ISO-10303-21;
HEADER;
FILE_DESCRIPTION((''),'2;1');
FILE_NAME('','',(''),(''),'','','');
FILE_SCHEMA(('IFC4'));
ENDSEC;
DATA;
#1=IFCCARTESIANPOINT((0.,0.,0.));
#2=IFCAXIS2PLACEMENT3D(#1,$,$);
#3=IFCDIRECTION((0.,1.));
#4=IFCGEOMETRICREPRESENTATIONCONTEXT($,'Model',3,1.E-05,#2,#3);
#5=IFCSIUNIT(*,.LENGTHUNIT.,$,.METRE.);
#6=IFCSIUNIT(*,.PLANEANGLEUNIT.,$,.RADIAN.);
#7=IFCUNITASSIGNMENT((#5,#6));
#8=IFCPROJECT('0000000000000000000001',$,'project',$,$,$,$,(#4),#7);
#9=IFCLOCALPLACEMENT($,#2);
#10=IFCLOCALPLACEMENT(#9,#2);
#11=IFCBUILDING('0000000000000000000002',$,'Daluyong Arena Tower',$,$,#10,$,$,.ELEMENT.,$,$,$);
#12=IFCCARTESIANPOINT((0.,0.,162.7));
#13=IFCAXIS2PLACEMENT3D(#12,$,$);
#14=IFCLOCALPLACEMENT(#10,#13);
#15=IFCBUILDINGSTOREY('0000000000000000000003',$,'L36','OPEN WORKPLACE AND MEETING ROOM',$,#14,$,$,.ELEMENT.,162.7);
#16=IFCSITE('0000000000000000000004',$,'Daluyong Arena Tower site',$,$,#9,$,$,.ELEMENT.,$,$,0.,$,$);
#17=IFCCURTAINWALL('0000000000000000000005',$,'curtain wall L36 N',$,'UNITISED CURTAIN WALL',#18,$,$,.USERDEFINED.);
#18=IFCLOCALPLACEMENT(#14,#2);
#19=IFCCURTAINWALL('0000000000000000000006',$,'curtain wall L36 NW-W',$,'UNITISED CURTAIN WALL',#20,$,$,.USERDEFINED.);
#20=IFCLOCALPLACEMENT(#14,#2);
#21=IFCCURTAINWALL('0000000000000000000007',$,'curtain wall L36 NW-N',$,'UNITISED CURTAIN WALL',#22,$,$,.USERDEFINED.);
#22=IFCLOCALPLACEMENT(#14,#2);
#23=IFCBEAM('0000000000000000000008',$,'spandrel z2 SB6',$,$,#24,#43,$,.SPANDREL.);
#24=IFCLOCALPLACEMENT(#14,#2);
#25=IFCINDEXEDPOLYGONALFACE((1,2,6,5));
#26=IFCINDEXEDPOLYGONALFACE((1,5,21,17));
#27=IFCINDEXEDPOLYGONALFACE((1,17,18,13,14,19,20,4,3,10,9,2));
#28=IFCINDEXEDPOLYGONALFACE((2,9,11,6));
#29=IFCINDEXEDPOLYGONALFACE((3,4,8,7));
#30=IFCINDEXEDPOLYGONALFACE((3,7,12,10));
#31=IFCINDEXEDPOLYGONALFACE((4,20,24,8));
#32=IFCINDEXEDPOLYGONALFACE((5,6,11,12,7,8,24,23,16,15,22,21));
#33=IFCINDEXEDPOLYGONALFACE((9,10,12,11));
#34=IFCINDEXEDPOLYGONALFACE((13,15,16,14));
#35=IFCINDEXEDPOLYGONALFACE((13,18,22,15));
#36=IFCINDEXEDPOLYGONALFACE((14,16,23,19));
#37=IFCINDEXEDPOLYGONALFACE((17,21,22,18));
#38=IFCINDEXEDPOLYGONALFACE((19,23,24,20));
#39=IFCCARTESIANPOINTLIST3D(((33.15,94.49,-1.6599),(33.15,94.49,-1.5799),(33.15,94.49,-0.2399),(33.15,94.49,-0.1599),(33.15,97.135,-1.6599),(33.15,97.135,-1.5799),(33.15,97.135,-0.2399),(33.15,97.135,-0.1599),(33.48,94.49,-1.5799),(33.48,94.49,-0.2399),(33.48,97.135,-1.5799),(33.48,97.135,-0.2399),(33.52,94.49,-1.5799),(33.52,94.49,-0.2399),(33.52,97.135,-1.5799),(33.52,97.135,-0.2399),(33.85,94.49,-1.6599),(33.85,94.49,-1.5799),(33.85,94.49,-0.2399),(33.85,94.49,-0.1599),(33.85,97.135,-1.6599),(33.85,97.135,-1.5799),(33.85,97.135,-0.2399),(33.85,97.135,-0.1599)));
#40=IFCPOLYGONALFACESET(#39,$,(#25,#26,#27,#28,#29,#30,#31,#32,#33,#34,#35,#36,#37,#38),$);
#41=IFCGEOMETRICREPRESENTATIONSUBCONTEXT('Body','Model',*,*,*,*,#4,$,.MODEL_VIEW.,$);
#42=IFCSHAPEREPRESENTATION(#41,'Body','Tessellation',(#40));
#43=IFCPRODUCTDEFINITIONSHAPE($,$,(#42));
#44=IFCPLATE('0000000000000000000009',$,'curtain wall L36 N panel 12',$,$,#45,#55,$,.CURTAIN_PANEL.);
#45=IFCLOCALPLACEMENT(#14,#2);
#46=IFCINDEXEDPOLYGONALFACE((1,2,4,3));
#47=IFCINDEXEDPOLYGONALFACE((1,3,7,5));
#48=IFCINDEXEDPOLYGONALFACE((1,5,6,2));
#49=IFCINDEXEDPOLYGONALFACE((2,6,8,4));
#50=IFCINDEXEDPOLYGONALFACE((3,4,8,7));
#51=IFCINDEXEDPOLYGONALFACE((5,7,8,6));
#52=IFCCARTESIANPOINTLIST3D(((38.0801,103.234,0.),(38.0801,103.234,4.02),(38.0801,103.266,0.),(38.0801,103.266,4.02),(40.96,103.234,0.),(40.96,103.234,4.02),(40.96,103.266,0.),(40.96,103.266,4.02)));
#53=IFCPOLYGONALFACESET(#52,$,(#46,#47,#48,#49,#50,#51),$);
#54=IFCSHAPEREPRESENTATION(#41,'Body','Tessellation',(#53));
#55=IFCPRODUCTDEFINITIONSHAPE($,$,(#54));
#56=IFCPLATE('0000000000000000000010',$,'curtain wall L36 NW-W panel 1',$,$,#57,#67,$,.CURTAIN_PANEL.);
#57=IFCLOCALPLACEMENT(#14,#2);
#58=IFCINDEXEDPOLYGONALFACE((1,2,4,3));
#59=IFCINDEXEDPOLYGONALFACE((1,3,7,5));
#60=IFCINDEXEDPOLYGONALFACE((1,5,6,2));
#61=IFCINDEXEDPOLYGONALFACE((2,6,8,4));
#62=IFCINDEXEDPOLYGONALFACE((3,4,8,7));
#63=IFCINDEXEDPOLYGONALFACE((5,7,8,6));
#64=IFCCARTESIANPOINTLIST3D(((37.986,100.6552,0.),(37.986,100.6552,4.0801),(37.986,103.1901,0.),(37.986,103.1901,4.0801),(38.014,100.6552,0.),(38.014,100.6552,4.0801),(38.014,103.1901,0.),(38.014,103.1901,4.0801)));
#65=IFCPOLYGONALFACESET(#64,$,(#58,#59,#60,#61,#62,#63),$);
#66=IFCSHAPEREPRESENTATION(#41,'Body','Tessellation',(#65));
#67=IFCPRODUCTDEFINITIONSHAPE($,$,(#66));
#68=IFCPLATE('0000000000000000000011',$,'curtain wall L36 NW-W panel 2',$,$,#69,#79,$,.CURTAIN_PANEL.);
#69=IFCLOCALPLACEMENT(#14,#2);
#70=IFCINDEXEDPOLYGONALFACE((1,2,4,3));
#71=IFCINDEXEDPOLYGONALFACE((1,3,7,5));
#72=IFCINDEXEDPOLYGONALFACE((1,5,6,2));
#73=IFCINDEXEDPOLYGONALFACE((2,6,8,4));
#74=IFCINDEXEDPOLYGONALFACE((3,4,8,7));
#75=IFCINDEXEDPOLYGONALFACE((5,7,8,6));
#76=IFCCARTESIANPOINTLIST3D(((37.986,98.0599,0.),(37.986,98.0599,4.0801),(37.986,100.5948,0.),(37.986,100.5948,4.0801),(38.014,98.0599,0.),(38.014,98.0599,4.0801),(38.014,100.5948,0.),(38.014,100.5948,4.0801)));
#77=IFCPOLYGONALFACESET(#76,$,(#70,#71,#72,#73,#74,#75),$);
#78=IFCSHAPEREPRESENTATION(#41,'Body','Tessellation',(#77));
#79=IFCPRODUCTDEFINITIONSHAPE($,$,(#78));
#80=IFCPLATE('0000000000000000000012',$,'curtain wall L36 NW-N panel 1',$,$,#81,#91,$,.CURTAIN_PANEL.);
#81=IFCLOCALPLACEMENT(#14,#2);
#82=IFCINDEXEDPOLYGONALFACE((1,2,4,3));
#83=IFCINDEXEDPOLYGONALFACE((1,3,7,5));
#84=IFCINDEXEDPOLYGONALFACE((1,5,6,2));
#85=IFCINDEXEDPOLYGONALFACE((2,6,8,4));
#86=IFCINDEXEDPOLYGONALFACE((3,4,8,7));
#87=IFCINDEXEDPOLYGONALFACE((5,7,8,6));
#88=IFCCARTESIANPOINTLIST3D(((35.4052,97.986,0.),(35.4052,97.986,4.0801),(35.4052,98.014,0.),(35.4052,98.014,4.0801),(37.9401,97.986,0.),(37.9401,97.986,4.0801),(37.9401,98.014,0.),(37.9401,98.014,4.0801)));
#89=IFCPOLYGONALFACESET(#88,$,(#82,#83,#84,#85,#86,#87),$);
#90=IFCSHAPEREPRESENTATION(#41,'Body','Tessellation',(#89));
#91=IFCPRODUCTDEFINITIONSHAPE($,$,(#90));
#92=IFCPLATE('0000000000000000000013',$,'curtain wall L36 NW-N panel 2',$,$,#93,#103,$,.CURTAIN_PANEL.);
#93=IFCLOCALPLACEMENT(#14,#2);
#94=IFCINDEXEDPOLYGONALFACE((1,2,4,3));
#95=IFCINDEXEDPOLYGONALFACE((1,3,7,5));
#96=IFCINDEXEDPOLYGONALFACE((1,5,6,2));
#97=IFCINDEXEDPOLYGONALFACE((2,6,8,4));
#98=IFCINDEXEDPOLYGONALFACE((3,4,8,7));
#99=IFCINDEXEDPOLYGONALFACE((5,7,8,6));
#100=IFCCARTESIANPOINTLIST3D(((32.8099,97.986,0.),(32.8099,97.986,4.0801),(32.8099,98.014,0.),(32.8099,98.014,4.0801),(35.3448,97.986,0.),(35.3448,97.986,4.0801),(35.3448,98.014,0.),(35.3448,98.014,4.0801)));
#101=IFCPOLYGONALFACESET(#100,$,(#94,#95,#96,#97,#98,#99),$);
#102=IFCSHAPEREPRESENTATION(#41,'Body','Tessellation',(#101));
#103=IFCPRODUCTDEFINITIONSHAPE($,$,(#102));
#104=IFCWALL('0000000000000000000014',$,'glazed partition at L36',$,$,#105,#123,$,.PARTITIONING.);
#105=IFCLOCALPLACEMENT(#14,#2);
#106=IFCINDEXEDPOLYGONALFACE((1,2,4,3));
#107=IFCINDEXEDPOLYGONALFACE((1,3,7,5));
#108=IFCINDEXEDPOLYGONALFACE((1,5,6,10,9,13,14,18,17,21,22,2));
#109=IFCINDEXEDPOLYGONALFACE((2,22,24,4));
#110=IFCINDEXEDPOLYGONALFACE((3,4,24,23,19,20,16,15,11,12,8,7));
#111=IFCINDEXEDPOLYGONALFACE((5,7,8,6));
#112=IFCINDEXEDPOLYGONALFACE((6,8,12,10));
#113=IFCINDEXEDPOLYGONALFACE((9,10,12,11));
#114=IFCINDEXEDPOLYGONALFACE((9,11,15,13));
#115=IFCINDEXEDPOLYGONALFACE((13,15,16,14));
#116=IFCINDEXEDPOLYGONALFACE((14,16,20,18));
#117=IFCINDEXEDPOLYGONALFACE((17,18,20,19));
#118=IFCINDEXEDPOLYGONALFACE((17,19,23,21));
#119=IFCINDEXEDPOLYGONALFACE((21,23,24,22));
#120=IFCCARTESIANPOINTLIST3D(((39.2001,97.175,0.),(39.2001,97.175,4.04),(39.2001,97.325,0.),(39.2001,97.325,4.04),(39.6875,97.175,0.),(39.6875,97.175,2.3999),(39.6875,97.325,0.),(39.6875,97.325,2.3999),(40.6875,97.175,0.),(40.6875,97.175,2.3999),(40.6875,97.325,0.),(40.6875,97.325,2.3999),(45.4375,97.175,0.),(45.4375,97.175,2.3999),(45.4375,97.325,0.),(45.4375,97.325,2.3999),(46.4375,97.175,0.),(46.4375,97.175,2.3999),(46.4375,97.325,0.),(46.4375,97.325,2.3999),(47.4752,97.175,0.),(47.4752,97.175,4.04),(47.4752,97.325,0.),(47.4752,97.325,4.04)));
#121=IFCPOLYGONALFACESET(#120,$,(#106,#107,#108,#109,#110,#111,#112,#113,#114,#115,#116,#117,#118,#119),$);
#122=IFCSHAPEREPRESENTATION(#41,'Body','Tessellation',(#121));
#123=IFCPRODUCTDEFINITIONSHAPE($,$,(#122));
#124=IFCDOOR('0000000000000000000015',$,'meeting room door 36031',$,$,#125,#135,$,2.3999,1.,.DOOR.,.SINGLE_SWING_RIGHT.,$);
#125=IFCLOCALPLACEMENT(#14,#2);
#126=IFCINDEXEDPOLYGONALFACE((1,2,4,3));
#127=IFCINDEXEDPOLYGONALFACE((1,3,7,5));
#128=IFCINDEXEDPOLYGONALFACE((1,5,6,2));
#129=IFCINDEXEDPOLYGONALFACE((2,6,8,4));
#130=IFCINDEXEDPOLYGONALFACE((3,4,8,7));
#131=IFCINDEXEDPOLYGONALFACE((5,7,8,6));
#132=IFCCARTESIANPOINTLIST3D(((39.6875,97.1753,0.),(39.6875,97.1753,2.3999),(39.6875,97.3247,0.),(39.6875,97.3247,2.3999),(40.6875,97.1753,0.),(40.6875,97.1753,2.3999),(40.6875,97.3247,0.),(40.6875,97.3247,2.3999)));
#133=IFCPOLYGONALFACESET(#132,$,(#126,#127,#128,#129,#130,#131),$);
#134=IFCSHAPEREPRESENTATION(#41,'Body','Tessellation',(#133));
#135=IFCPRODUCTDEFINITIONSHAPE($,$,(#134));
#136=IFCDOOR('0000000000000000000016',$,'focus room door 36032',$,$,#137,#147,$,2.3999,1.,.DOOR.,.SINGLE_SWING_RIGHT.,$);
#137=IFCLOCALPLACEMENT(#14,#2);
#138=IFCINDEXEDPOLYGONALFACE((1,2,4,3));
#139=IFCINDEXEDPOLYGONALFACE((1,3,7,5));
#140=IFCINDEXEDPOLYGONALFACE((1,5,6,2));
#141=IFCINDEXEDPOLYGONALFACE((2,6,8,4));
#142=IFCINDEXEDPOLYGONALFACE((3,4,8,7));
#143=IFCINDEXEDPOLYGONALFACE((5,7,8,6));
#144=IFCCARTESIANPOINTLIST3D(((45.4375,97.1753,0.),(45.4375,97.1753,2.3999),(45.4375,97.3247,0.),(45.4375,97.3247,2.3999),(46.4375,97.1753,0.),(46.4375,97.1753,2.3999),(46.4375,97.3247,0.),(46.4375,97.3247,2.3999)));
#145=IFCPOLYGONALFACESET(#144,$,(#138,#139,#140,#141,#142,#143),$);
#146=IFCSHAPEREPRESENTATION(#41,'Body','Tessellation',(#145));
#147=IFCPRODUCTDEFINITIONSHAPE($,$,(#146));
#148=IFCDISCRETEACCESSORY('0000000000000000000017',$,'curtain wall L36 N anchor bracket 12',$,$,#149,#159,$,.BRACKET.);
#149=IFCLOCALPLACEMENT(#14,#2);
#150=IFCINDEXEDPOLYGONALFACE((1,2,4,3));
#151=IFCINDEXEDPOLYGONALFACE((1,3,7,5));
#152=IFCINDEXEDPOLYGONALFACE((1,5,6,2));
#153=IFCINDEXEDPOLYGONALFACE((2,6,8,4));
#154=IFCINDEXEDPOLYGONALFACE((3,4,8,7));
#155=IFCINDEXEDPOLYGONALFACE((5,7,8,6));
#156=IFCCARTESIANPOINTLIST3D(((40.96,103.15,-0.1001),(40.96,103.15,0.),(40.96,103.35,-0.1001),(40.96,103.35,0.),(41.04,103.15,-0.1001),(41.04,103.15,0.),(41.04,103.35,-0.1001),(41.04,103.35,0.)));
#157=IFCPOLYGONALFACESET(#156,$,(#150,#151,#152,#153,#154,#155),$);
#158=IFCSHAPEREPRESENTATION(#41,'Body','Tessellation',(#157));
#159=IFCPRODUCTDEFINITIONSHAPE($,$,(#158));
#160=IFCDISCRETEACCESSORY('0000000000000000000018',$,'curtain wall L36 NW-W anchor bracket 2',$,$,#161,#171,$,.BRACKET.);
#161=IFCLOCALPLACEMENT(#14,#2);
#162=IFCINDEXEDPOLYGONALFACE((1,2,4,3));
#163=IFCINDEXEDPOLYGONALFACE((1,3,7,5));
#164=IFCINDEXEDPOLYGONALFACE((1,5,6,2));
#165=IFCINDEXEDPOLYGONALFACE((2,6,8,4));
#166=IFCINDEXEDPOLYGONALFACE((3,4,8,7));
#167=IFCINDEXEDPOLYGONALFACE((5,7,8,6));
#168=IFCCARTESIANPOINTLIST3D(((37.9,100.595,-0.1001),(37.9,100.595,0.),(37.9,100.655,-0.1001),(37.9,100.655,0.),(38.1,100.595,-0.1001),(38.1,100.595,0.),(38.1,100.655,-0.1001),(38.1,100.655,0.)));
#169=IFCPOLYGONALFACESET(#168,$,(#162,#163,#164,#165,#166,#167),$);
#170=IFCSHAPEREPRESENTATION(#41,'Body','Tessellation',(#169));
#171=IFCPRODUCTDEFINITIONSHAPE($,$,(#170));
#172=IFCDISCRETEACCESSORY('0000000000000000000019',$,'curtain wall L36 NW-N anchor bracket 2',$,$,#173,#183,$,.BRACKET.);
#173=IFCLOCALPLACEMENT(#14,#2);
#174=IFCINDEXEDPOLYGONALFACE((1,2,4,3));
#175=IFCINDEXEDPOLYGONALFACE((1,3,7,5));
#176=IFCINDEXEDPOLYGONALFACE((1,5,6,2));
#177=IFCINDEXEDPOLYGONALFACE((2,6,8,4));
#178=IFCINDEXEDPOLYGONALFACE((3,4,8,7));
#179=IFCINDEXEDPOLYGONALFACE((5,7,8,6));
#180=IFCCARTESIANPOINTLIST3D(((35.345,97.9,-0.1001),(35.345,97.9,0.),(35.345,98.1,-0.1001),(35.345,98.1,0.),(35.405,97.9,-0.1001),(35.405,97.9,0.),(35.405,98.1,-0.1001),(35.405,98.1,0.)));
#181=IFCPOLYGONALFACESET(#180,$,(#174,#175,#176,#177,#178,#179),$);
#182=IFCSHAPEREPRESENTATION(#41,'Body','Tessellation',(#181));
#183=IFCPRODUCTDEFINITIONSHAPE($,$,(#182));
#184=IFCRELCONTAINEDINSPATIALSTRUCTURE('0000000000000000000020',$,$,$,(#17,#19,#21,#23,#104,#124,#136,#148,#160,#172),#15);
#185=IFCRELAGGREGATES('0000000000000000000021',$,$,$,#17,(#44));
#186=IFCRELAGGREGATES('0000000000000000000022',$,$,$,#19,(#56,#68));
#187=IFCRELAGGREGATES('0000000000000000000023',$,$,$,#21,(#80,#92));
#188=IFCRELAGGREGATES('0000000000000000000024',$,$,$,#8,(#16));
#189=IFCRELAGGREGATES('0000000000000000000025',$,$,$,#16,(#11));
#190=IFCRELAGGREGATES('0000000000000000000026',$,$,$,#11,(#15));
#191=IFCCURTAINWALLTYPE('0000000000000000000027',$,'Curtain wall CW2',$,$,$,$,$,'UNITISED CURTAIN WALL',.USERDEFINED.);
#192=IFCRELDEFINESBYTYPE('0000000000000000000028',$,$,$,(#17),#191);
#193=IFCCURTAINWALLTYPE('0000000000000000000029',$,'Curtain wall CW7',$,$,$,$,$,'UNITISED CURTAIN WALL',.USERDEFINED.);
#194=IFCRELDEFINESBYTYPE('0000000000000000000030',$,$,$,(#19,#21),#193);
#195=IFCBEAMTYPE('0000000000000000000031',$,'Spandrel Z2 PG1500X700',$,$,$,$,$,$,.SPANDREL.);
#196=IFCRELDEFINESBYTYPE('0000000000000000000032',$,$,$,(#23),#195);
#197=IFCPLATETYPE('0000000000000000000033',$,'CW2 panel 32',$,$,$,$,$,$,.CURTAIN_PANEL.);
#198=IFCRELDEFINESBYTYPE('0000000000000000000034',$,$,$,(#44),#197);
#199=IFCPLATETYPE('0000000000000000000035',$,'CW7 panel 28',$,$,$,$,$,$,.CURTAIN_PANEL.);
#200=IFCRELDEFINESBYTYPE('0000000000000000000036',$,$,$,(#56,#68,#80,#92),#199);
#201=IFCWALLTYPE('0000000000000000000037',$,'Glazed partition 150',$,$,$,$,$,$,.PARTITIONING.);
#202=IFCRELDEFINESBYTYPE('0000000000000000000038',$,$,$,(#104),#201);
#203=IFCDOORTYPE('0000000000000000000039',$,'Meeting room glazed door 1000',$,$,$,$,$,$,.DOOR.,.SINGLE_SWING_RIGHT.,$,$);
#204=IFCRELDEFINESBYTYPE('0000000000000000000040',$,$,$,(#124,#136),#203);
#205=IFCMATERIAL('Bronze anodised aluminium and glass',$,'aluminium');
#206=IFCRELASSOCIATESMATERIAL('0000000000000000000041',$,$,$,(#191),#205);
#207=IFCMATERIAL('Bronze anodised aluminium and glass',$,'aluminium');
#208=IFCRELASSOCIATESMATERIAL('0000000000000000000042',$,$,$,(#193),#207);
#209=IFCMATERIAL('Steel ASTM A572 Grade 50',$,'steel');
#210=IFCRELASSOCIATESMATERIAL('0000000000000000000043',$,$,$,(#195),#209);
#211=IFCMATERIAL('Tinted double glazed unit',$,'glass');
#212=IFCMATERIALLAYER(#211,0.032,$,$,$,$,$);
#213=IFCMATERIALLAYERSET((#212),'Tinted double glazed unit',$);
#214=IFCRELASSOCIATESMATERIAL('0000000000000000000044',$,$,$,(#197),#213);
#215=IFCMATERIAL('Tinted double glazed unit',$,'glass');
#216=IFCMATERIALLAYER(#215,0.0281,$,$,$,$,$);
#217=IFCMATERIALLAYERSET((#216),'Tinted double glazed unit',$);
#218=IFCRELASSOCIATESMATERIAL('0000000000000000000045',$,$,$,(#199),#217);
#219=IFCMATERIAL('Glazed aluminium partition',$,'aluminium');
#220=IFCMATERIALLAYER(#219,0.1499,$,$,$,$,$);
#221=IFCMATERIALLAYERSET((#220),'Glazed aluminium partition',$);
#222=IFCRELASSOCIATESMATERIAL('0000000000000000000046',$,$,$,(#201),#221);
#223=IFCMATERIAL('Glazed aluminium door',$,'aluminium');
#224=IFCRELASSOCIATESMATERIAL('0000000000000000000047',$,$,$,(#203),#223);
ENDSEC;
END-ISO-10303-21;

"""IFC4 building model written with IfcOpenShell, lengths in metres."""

from ifc_helpers import new_model, si_unit, direction, frame, frame_2d, origin, origin_2d, place, context, subcontext, project, spatial, rectangle, i_section, extrude, material, layer, layer_set, material_profile, profile_set, type_object, element, fill, aggregate, save


model = new_model("IFC4")

# Units and contexts
model_context = context("Model", 3, precision=1e-05, world=origin(), true_north=direction((0.0, 1.0)))
body_context = subcontext(model_context, "Body", "Model", "MODEL_VIEW")
ifc_project = project(units=[si_unit("LENGTHUNIT", "METRE"), si_unit("PLANEANGLEUNIT", "RADIAN")], contexts=[model_context])

# Site, building, storey
site_placement = place(None, origin())
site = spatial("IfcSite", under=ifc_project, at=site_placement, Name="Daluyong Arena Tower site", CompositionType="ELEMENT", RefElevation=0.0)
building_placement = place(site_placement, origin())
building = spatial("IfcBuilding", under=site, at=building_placement, Name="Daluyong Arena Tower", CompositionType="ELEMENT")
storey_placement = place(building_placement, frame((0.0, 0.0, 162.7)))
storey = spatial("IfcBuildingStorey", under=building, at=storey_placement, Name="L36", Description="OPEN WORKPLACE AND MEETING ROOM", CompositionType="ELEMENT", Elevation=162.7)

# Curtain wall
ifc_material_1 = material(Name="Bronze anodised aluminium and glass", Category="aluminium")
curtain_wall_type_1 = type_object("IfcCurtainWallType", Name="Curtain wall CW2", ElementType="UNITISED CURTAIN WALL", PredefinedType="USERDEFINED", material=ifc_material_1)
curtain_wall_1_placement = place(storey_placement, origin())
curtain_wall_1 = element("IfcCurtainWall", 1, at=curtain_wall_1_placement, inside=storey, type_object=curtain_wall_type_1, Name="curtain wall L36 N", ObjectType="UNITISED CURTAIN WALL", PredefinedType="USERDEFINED")

# Curtain walls
ifc_material_2 = material(Name="Bronze anodised aluminium and glass", Category="aluminium")
curtain_wall_type_2 = type_object("IfcCurtainWallType", Name="Curtain wall CW7", ElementType="UNITISED CURTAIN WALL", PredefinedType="USERDEFINED", material=ifc_material_2)
curtain_wall_2_placement = place(storey_placement, origin())
curtain_wall_2 = element("IfcCurtainWall", 2, at=curtain_wall_2_placement, inside=storey, type_object=curtain_wall_type_2, Name="curtain wall L36 NW-W", ObjectType="UNITISED CURTAIN WALL", PredefinedType="USERDEFINED")
curtain_wall_3_placement = place(storey_placement, origin())
curtain_wall_3 = element("IfcCurtainWall", 3, at=curtain_wall_3_placement, inside=storey, type_object=curtain_wall_type_2, Name="curtain wall L36 NW-N", ObjectType="UNITISED CURTAIN WALL", PredefinedType="USERDEFINED")

# Beam
ifc_material_3 = material(Name="Steel ASTM A572 Grade 50", Category="steel")
ifc_material_profile_1 = material_profile(ifc_material_3, i_section(OverallWidth=0.7, OverallDepth=1.5, WebThickness=0.04, FlangeThickness=0.08, at=origin_2d()))
ifc_profile_set_1 = profile_set([ifc_material_profile_1], Name="Steel ASTM A572 Grade 50")
beam_type_1 = type_object("IfcBeamType", Name="Spandrel Z2 PG1500X700", PredefinedType="SPANDREL", material=ifc_profile_set_1)
beam_1_placement = place(storey_placement, frame((33.5, 97.135, -0.9099), z_axis=(0.0, -1.0, 0.0), x_axis=(1.0, 0.0, 0.0)))
element("IfcBeam", 4, at=beam_1_placement, inside=storey, type_object=beam_type_1, Name="spandrel z2 SB6", PredefinedType="SPANDREL", context=body_context, shape_type="SweptSolid", body=[
    extrude(i_section(OverallWidth=0.7, OverallDepth=1.5, WebThickness=0.04, FlangeThickness=0.08, at=origin_2d()), origin(), (0.0, 0.0, 1.0), 2.645),
])

# Plates
ifc_material_4 = material(Name="Tinted double glazed unit", Category="glass")
ifc_layer_1 = layer(ifc_material_4, 0.032)
ifc_layer_set_1 = layer_set([ifc_layer_1], Name="Tinted double glazed unit")
plate_type_1 = type_object("IfcPlateType", Name="CW2 panel 32", PredefinedType="CURTAIN_PANEL", material=ifc_layer_set_1)
plate_1_placement = place(storey_placement, frame((39.52, 103.25, 0.0), z_axis=(0.0, 0.0, 1.0), x_axis=(-1.0, 0.0, 0.0)))
plate_1 = element("IfcPlate", 5, at=plate_1_placement, type_object=plate_type_1, Name="curtain wall L36 N panel 12", PredefinedType="CURTAIN_PANEL", context=body_context, shape_type="SweptSolid", body=[
    extrude(rectangle(XDim=2.8799, YDim=0.032, at=origin_2d()), origin(), (0.0, 0.0, 1.0), 4.02),
])
aggregate(curtain_wall_1, [plate_1])
ifc_material_5 = material(Name="Tinted double glazed unit", Category="glass")
ifc_layer_2 = layer(ifc_material_5, 0.0281)
ifc_layer_set_2 = layer_set([ifc_layer_2], Name="Tinted double glazed unit")
plate_type_2 = type_object("IfcPlateType", Name="CW7 panel 28", PredefinedType="CURTAIN_PANEL", material=ifc_layer_set_2)
plate_2_placement = place(storey_placement, frame((38.0, 101.9226, 0.0), z_axis=(0.0, 0.0, 1.0), x_axis=(0.0, -1.0, 0.0)))
plate_2 = element("IfcPlate", 6, at=plate_2_placement, type_object=plate_type_2, Name="curtain wall L36 NW-W panel 1", PredefinedType="CURTAIN_PANEL", context=body_context, shape_type="SweptSolid", body=[
    extrude(rectangle(XDim=2.5349, YDim=0.0281, at=origin_2d()), origin(), (0.0, 0.0, 1.0), 4.0801),
])
plate_3_placement = place(storey_placement, frame((38.0, 99.3274, 0.0), z_axis=(0.0, 0.0, 1.0), x_axis=(0.0, -1.0, 0.0)))
plate_3 = element("IfcPlate", 7, at=plate_3_placement, type_object=plate_type_2, Name="curtain wall L36 NW-W panel 2", PredefinedType="CURTAIN_PANEL", context=body_context, shape_type="SweptSolid", body=[
    extrude(rectangle(XDim=2.5349, YDim=0.0281, at=origin_2d()), origin(), (0.0, 0.0, 1.0), 4.0801),
])
aggregate(curtain_wall_2, [plate_2, plate_3])
plate_4_placement = place(storey_placement, frame((36.6726, 98.0, 0.0), z_axis=(0.0, 0.0, 1.0), x_axis=(-1.0, 0.0, 0.0)))
plate_4 = element("IfcPlate", 8, at=plate_4_placement, type_object=plate_type_2, Name="curtain wall L36 NW-N panel 1", PredefinedType="CURTAIN_PANEL", context=body_context, shape_type="SweptSolid", body=[
    extrude(rectangle(XDim=2.5349, YDim=0.0281, at=origin_2d()), origin(), (0.0, 0.0, 1.0), 4.0801),
])
plate_5_placement = place(storey_placement, frame((34.0774, 98.0, 0.0), z_axis=(0.0, 0.0, 1.0), x_axis=(-1.0, 0.0, 0.0)))
plate_5 = element("IfcPlate", 9, at=plate_5_placement, type_object=plate_type_2, Name="curtain wall L36 NW-N panel 2", PredefinedType="CURTAIN_PANEL", context=body_context, shape_type="SweptSolid", body=[
    extrude(rectangle(XDim=2.5349, YDim=0.0281, at=origin_2d()), origin(), (0.0, 0.0, 1.0), 4.0801),
])
aggregate(curtain_wall_3, [plate_4, plate_5])

# Wall, openings, doors
ifc_material_6 = material(Name="Glazed aluminium partition", Category="aluminium")
ifc_layer_3 = layer(ifc_material_6, 0.1499)
ifc_layer_set_3 = layer_set([ifc_layer_3], Name="Glazed aluminium partition")
wall_type = type_object("IfcWallType", Name="Glazed partition 150", PredefinedType="PARTITIONING", material=ifc_layer_set_3)
wall_placement = place(storey_placement, frame((39.2, 97.25, 0.0), z_axis=(0.0, 0.0, 1.0), x_axis=(1.0, 0.0, 0.0)))
wall = element("IfcWall", 10, at=wall_placement, inside=storey, type_object=wall_type, Name="glazed partition at L36", PredefinedType="PARTITIONING", context=body_context, shape_type="SweptSolid", body=[
    extrude(rectangle(XDim=8.2751, YDim=0.1499, at=frame_2d((4.1377, 0.0))), origin(), (0.0, 0.0, 1.0), 4.04),
])
opening_1_placement = place(wall_placement, frame((0.4875, 0.0, 0.0)))
opening_1 = element("IfcOpeningElement", 11, at=opening_1_placement, cuts=wall, PredefinedType="OPENING", context=body_context, shape_type="SweptSolid", body=[
    extrude(rectangle(XDim=1.0, YDim=2.3999, at=frame_2d((0.5, 1.2))), frame((0.0, 0.085, 0.0), z_axis=(0.0, -1.0, 0.0), x_axis=(1.0, 0.0, 0.0)), (0.0, 0.0, 1.0), 0.1699),
])
opening_2_placement = place(wall_placement, frame((6.2375, 0.0, 0.0)))
opening_2 = element("IfcOpeningElement", 12, at=opening_2_placement, cuts=wall, PredefinedType="OPENING", context=body_context, shape_type="SweptSolid", body=[
    extrude(rectangle(XDim=1.0, YDim=2.3999, at=frame_2d((0.5, 1.2))), frame((0.0, 0.085, 0.0), z_axis=(0.0, -1.0, 0.0), x_axis=(1.0, 0.0, 0.0)), (0.0, 0.0, 1.0), 0.1699),
])
ifc_material_7 = material(Name="Glazed aluminium door", Category="aluminium")
door_type = type_object("IfcDoorType", Name="Meeting room glazed door 1000", OperationType="SINGLE_SWING_RIGHT", PredefinedType="DOOR", material=ifc_material_7)
door_1_placement = place(opening_1_placement, origin())
door_1 = element("IfcDoor", 13, at=door_1_placement, inside=storey, type_object=door_type, Name="meeting room door 36031", OperationType="SINGLE_SWING_RIGHT", OverallHeight=2.3999, OverallWidth=1.0, PredefinedType="DOOR", context=body_context, shape_type="SweptSolid", body=[
    extrude(rectangle(XDim=1.0, YDim=2.3999, at=frame_2d((0.5, 1.2))), frame((0.0, 0.0747, 0.0), z_axis=(0.0, -1.0, 0.0), x_axis=(1.0, 0.0, 0.0)), (0.0, 0.0, 1.0), 0.1494),
])
fill(opening_1, door_1)
door_2_placement = place(opening_2_placement, origin())
door_2 = element("IfcDoor", 14, at=door_2_placement, inside=storey, type_object=door_type, Name="focus room door 36032", OperationType="SINGLE_SWING_RIGHT", OverallHeight=2.3999, OverallWidth=1.0, PredefinedType="DOOR", context=body_context, shape_type="SweptSolid", body=[
    extrude(rectangle(XDim=1.0, YDim=2.3999, at=frame_2d((0.5, 1.2))), frame((0.0, 0.0747, 0.0), z_axis=(0.0, -1.0, 0.0), x_axis=(1.0, 0.0, 0.0)), (0.0, 0.0, 1.0), 0.1494),
])
fill(opening_2, door_2)

# Discrete accessories
discrete_accessory_placement = place(storey_placement, frame((41.0, 103.25, -0.1001), z_axis=(0.0, 0.0, 1.0), x_axis=(-1.0, 0.0, 0.0)))
element("IfcDiscreteAccessory", 15, at=discrete_accessory_placement, inside=storey, Name="curtain wall L36 N anchor bracket 12", PredefinedType="BRACKET", context=body_context, shape_type="SweptSolid", body=[
    extrude(rectangle(XDim=0.0801, YDim=0.2, at=origin_2d()), origin(), (0.0, 0.0, 1.0), 0.1001),
])
for number, where, z_axis, x_axis, name in (
    (16, (38.0, 100.625, -0.1001), (0.0, 0.0, 1.0), (0.0, -1.0, 0.0), "curtain wall L36 NW-W anchor bracket 2"),
    (17, (35.375, 98.0, -0.1001), (0.0, 0.0, 1.0), (-1.0, 0.0, 0.0), "curtain wall L36 NW-N anchor bracket 2"),
):
    element("IfcDiscreteAccessory", number, at=place(storey_placement, frame(where, z_axis=z_axis, x_axis=x_axis)), inside=storey, Name=name, PredefinedType="BRACKET", context=body_context, shape_type="SweptSolid", body=[
        extrude(rectangle(XDim=0.0601, YDim=0.2, at=origin_2d()), origin(), (0.0, 0.0, 1.0), 0.1001),
    ])

save(model, "model.ifc")
